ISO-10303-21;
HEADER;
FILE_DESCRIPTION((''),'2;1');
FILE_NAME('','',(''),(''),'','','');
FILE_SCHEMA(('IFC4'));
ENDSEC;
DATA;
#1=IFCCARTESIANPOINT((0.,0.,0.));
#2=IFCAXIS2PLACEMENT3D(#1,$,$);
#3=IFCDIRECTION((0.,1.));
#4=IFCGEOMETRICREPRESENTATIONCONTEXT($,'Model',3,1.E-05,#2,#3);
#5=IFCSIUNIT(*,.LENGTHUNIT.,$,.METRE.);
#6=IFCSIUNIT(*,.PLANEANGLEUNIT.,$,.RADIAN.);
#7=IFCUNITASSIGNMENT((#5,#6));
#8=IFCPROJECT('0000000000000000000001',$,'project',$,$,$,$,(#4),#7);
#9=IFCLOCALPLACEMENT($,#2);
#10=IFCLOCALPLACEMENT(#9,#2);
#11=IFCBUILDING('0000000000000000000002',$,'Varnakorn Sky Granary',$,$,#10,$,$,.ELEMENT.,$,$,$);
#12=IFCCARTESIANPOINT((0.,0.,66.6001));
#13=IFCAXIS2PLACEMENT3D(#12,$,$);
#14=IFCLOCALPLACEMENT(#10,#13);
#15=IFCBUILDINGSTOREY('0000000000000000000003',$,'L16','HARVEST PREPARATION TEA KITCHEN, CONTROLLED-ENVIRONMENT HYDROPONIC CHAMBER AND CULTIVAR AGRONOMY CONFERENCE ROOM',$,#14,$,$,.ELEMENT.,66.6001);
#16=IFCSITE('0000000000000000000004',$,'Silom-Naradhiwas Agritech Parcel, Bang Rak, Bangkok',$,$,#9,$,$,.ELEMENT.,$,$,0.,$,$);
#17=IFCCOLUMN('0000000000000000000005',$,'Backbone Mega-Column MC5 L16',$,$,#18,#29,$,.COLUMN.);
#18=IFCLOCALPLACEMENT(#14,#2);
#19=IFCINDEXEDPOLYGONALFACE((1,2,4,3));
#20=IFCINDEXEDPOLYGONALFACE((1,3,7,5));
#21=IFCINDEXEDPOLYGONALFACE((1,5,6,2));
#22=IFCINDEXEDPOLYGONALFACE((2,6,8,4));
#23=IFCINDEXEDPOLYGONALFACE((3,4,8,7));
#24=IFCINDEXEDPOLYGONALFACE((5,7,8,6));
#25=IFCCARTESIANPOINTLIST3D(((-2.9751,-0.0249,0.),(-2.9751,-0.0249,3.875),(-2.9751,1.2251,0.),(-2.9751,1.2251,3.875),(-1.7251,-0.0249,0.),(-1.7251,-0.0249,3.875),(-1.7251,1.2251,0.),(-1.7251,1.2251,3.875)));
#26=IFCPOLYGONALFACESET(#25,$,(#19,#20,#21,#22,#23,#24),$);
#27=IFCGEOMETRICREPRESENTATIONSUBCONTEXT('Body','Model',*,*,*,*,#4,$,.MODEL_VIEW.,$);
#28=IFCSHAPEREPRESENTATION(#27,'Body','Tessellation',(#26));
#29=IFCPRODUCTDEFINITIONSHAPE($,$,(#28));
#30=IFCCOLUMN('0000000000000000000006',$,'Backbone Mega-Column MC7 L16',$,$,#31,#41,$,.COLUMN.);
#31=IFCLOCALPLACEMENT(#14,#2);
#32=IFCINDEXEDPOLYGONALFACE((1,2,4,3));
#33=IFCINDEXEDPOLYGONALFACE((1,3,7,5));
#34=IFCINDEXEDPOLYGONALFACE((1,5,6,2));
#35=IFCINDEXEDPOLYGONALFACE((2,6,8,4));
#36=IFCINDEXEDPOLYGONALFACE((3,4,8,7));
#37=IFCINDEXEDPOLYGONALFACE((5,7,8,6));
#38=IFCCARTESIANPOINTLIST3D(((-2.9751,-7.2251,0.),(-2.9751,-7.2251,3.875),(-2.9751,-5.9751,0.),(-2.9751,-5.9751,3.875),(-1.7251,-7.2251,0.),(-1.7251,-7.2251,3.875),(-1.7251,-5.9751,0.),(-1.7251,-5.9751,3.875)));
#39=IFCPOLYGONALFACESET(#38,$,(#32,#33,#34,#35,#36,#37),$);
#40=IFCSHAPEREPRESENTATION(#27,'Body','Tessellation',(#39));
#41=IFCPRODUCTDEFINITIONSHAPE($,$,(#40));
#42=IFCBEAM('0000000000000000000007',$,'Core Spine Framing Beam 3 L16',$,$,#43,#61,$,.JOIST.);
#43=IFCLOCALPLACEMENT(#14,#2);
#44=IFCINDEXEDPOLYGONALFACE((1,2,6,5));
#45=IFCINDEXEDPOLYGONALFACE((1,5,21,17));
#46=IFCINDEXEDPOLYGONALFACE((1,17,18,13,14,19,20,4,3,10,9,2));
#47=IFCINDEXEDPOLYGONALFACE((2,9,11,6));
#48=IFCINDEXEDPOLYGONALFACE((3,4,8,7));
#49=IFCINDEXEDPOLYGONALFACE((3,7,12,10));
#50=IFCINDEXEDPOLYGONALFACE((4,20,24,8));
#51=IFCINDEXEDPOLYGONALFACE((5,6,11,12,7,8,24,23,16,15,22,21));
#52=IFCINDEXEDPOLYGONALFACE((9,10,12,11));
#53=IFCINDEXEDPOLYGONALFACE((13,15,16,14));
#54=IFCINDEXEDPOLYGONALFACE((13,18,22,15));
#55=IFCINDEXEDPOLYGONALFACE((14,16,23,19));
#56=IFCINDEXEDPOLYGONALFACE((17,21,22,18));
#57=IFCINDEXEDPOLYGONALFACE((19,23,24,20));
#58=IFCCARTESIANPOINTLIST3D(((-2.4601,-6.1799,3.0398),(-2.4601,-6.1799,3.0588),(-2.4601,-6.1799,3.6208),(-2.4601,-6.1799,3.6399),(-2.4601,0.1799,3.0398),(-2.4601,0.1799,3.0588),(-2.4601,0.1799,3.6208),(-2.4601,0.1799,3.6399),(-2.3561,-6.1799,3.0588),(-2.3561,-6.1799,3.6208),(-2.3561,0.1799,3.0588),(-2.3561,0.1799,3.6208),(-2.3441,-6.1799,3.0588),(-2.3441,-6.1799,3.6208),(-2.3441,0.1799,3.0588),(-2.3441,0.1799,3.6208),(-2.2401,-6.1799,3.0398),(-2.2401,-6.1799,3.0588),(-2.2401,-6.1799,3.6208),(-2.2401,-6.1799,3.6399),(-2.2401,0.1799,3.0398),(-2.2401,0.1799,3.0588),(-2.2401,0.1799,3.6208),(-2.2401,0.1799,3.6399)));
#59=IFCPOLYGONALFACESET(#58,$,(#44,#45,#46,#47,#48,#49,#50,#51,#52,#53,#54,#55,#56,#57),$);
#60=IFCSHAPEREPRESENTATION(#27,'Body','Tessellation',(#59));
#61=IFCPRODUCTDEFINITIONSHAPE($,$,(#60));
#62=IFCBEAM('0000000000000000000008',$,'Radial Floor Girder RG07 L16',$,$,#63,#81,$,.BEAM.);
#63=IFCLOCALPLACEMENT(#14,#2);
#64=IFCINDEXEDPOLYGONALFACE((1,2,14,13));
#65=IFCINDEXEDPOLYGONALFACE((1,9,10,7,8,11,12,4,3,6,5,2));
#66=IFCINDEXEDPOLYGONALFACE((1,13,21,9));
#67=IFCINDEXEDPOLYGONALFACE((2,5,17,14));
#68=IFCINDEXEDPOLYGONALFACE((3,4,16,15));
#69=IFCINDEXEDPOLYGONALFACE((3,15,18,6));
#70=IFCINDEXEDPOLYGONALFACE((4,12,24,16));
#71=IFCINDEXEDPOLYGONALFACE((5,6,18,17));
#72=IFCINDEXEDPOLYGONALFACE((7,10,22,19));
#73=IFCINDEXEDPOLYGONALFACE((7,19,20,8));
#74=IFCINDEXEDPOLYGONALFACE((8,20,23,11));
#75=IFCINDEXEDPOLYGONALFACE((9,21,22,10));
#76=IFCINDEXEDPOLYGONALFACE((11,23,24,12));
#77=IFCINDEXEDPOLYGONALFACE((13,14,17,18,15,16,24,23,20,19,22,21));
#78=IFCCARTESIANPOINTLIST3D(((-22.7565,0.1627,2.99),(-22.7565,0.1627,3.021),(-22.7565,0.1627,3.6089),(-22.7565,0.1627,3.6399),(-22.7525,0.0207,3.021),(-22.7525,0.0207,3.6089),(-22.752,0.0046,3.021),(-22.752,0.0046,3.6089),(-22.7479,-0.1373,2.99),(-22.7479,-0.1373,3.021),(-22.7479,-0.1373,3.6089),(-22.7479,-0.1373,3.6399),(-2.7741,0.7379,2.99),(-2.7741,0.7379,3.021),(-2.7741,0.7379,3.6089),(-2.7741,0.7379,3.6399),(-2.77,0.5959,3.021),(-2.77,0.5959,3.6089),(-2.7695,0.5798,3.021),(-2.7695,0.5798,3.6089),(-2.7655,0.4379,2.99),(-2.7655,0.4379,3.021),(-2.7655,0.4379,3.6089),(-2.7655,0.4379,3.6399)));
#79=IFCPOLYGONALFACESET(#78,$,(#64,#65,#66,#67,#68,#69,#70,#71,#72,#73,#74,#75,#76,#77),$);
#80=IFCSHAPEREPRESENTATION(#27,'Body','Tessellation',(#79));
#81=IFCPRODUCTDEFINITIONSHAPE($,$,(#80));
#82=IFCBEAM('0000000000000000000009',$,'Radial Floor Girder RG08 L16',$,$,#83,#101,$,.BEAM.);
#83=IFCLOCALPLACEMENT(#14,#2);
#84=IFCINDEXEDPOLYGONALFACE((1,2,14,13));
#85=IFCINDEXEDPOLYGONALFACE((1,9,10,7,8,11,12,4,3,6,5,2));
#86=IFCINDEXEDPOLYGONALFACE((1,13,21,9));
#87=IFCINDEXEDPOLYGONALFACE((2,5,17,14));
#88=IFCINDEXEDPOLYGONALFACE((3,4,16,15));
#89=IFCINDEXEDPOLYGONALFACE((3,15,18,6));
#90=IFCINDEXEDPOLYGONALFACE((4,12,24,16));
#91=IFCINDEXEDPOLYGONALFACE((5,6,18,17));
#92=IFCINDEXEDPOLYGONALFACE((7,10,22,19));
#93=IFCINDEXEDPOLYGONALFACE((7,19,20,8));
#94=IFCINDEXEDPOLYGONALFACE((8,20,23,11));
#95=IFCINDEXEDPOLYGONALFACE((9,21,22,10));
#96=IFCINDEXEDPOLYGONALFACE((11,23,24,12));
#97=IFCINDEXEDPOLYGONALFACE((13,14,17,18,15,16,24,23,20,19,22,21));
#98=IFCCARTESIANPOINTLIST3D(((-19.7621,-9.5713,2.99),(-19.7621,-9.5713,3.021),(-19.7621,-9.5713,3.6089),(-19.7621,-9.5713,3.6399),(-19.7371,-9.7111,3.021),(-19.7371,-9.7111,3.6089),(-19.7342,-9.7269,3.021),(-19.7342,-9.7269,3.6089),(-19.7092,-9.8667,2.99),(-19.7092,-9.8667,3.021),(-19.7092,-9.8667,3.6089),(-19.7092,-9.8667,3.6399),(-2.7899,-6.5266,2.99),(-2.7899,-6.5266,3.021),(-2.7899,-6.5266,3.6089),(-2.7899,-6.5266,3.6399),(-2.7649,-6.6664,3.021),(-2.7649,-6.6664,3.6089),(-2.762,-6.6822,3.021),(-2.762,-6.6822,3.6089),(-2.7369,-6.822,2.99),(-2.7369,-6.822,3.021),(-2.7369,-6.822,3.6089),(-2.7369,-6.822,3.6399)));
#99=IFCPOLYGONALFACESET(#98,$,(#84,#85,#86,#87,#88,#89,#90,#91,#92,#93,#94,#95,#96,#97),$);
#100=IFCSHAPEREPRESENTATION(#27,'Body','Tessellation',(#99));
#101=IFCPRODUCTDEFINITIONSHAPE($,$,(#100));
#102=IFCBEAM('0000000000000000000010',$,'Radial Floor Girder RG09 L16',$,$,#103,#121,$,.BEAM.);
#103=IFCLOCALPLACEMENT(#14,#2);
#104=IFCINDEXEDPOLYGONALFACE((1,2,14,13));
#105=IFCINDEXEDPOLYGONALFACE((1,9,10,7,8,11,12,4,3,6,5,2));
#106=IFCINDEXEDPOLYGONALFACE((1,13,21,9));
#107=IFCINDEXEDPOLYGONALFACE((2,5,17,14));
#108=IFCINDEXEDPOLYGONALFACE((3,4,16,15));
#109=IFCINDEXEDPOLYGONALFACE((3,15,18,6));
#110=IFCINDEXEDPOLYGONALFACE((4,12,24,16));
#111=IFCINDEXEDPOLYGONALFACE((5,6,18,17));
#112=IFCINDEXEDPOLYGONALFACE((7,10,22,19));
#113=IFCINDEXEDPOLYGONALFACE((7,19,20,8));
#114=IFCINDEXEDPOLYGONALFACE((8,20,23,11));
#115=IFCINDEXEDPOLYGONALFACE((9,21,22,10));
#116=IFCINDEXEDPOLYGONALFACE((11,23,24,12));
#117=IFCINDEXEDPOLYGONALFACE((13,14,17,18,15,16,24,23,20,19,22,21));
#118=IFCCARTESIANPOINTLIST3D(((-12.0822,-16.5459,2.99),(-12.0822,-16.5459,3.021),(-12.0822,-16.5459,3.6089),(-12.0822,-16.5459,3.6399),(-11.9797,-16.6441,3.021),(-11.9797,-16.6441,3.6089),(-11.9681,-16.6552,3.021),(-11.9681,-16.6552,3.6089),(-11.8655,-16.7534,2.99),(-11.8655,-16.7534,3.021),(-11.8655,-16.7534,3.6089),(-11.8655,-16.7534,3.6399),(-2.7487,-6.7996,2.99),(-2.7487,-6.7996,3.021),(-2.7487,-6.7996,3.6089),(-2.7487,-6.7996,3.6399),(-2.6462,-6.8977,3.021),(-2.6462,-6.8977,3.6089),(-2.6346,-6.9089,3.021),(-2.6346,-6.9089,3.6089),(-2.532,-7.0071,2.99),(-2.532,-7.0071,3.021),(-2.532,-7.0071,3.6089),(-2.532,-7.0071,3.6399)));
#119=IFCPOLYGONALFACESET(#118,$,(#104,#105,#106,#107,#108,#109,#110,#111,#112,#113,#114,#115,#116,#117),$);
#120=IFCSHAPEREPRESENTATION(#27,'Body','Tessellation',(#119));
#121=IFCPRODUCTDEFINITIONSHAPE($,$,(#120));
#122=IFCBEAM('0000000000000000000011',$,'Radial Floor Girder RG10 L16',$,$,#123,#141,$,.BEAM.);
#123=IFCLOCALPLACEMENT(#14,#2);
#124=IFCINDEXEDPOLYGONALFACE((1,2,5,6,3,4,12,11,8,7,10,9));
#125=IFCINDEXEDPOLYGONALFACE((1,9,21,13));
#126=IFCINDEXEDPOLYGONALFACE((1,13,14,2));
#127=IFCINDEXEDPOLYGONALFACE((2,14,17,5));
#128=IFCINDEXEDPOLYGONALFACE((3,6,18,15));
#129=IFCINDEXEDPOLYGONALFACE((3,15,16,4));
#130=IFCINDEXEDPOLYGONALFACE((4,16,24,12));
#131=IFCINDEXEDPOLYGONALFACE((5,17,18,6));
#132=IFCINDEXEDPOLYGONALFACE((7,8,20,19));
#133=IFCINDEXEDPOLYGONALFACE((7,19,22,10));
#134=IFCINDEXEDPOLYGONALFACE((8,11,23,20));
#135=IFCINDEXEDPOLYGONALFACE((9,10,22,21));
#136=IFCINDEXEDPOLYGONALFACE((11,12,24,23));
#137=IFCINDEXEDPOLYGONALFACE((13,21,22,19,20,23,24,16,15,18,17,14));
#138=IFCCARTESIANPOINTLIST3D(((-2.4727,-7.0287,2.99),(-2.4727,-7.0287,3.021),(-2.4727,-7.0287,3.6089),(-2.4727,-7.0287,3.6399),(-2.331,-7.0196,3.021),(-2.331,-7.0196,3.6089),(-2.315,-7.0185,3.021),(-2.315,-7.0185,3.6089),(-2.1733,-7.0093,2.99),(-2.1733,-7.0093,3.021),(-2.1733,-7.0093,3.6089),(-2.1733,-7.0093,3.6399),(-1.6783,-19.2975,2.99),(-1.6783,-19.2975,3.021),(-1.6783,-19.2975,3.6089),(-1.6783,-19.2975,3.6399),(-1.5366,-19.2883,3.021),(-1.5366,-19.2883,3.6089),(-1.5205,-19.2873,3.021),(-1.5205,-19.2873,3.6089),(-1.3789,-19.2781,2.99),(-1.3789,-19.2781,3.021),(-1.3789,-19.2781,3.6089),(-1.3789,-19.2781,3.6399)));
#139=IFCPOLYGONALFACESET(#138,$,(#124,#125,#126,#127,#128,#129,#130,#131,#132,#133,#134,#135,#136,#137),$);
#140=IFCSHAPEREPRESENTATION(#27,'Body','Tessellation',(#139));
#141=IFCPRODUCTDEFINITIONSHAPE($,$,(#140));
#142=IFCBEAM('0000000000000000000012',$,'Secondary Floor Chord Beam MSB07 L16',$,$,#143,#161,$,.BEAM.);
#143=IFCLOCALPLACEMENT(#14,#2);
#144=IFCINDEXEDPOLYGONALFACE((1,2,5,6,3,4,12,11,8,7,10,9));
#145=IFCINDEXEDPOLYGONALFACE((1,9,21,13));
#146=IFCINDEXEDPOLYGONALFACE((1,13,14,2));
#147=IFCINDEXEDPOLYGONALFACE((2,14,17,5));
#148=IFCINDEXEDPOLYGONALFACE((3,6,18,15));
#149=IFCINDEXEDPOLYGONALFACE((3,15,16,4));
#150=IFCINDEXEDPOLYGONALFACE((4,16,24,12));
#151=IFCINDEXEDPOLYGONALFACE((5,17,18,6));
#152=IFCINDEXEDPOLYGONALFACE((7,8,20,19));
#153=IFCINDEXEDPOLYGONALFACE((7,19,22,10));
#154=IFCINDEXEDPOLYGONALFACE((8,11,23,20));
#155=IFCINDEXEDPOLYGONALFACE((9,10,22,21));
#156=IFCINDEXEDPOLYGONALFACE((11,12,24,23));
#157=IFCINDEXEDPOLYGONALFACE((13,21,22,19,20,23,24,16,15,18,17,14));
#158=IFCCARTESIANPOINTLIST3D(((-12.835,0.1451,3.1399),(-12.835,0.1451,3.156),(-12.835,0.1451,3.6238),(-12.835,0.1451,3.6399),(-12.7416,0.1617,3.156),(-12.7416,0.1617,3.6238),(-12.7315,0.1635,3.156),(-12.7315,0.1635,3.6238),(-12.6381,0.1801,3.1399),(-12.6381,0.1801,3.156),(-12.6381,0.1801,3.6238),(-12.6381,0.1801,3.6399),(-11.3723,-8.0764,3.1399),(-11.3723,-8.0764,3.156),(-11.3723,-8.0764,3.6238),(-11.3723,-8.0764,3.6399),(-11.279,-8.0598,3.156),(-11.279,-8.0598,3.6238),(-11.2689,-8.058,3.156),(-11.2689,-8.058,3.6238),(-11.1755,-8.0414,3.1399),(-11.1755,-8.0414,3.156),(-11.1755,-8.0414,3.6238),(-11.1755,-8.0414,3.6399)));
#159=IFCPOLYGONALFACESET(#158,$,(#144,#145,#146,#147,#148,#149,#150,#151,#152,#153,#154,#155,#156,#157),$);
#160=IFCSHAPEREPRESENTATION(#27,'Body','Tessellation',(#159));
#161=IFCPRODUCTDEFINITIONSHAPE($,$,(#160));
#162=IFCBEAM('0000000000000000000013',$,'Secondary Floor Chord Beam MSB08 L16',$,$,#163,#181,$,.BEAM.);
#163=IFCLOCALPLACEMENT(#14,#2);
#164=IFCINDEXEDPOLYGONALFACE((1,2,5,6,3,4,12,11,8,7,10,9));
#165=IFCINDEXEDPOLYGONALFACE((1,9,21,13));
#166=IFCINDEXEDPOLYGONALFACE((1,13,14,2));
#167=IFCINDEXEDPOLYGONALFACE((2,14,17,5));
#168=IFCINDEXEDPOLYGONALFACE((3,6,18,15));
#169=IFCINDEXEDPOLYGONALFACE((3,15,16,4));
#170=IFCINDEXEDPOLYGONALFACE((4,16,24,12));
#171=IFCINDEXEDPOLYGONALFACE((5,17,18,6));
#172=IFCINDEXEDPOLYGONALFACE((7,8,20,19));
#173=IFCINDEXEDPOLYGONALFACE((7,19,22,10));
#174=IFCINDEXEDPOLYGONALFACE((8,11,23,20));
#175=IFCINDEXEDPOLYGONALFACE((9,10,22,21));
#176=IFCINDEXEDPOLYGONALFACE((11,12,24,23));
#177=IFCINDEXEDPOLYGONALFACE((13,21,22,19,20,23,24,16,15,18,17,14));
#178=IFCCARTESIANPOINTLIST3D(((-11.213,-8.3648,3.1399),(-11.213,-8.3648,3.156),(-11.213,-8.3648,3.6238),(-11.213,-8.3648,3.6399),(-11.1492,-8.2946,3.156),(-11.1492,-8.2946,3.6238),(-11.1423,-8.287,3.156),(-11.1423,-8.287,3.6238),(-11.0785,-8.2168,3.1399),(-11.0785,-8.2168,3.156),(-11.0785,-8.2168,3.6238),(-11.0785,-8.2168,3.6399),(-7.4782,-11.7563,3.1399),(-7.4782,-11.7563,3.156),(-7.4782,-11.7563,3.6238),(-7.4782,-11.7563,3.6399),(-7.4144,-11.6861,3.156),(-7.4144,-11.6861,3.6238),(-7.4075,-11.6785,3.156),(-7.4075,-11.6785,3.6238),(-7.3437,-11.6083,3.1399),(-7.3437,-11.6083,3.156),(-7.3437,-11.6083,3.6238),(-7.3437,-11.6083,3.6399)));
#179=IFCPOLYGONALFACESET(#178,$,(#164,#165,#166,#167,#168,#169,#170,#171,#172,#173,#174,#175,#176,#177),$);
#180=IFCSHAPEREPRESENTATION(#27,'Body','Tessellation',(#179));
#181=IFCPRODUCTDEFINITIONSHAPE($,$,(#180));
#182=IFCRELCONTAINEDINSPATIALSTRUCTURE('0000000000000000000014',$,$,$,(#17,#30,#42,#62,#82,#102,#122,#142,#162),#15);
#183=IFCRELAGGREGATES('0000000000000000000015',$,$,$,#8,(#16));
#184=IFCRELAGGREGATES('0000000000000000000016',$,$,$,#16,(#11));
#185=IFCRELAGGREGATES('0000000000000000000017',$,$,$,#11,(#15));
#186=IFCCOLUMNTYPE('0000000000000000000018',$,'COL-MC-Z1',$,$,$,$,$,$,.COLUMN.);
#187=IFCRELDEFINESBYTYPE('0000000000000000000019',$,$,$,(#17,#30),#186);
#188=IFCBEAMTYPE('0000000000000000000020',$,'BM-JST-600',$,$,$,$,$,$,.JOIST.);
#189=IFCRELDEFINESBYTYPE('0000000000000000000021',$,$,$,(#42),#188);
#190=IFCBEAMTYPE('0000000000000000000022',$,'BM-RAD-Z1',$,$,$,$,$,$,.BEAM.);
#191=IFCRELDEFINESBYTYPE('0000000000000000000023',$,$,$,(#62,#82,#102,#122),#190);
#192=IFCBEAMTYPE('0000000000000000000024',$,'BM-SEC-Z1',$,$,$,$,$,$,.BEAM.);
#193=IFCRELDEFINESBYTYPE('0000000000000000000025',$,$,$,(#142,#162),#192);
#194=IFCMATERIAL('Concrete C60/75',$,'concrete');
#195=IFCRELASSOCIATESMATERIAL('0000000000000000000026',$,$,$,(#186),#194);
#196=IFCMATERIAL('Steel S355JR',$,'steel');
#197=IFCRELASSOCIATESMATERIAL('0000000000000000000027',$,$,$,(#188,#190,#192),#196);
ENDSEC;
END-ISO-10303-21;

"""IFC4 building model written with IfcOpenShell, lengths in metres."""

from ifc_helpers import new_model, si_unit, direction, frame, origin, origin_2d, place, context, subcontext, project, spatial, rectangle, i_section, extrude, material, material_profile, profile_set, type_object, element, save


model = new_model("IFC4")

# Units and contexts
model_context = context("Model", 3, precision=1e-05, world=origin(), true_north=direction((0.0, 1.0)))
body_context = subcontext(model_context, "Body", "Model", "MODEL_VIEW")
ifc_project = project(units=[si_unit("LENGTHUNIT", "METRE"), si_unit("PLANEANGLEUNIT", "RADIAN")], contexts=[model_context])

# Site, building, storey
site_placement = place(None, origin())
site = spatial("IfcSite", under=ifc_project, at=site_placement, Name="Silom-Naradhiwas Agritech Parcel, Bang Rak, Bangkok", CompositionType="ELEMENT", RefElevation=0.0)
building_placement = place(site_placement, origin())
building = spatial("IfcBuilding", under=site, at=building_placement, Name="Varnakorn Sky Granary", CompositionType="ELEMENT")
storey_placement = place(building_placement, frame((0.0, 0.0, 66.6001)))
storey = spatial("IfcBuildingStorey", under=building, at=storey_placement, Name="L16", Description="HARVEST PREPARATION TEA KITCHEN, CONTROLLED-ENVIRONMENT HYDROPONIC CHAMBER AND CULTIVAR AGRONOMY CONFERENCE ROOM", CompositionType="ELEMENT", Elevation=66.6001)

# Columns
ifc_material_1 = material(Name="Concrete C60/75", Category="concrete")
ifc_material_profile_1 = material_profile(ifc_material_1, rectangle(XDim=1.25, YDim=1.25, at=origin_2d()), Name="RC 1250x1250")
ifc_profile_set_1 = profile_set([ifc_material_profile_1], Name="Concrete C60/75")
column_type = type_object("IfcColumnType", Name="COL-MC-Z1", PredefinedType="COLUMN", material=ifc_profile_set_1)
for number, where, z_axis, x_axis, name in (
    (1, (-2.3501, 0.6001, 0.0), (0.0, 0.0, 1.0), (1.0, 0.0, 0.0), "Backbone Mega-Column MC5 L16"),
    (2, (-2.3501, -6.6001, 0.0), (0.0, 0.0, 1.0), (1.0, 0.0, 0.0), "Backbone Mega-Column MC7 L16"),
):
    element("IfcColumn", number, at=place(storey_placement, frame(where, z_axis=z_axis, x_axis=x_axis)), inside=storey, type_object=column_type, Name=name, PredefinedType="COLUMN", context=body_context, shape_type="SweptSolid", body=[
        extrude(rectangle(XDim=1.25, YDim=1.25, at=origin_2d()), origin(), (0.0, 0.0, 1.0), 3.875),
    ])

# Beams
ifc_material_2 = material(Name="Steel S355JR", Category="steel")
ifc_material_profile_2 = material_profile(ifc_material_2, i_section(OverallWidth=0.22, OverallDepth=0.6001, WebThickness=0.012, FlangeThickness=0.019, at=origin_2d()), Name="IPE 600")
ifc_profile_set_2 = profile_set([ifc_material_profile_2], Name="Steel S355JR")
beam_type_1 = type_object("IfcBeamType", Name="BM-JST-600", PredefinedType="JOIST", material=ifc_profile_set_2)
beam_1_placement = place(storey_placement, frame((-2.3501, 0.1799, 3.3398), z_axis=(0.0, -1.0, 0.0), x_axis=(1.0, 0.0, 0.0)))
element("IfcBeam", 3, at=beam_1_placement, inside=storey, type_object=beam_type_1, Name="Core Spine Framing Beam 3 L16", PredefinedType="JOIST", context=body_context, shape_type="SweptSolid", body=[
    extrude(i_section(OverallWidth=0.22, OverallDepth=0.6001, WebThickness=0.012, FlangeThickness=0.019, at=origin_2d()), origin(), (0.0, 0.0, 1.0), 6.3599),
])
ifc_material_profile_3 = material_profile(ifc_material_2, i_section(OverallWidth=0.3, OverallDepth=0.6499, WebThickness=0.0161, FlangeThickness=0.031, at=origin_2d()), Name="HE 650 B")
ifc_profile_set_3 = profile_set([ifc_material_profile_3], Name="Steel S355JR")
beam_type_2 = type_object("IfcBeamType", Name="BM-RAD-Z1", PredefinedType="BEAM", material=ifc_profile_set_3)
beam_2_placement = place(storey_placement, frame((-2.7698, 0.5879, 3.3149), z_axis=(-0.999586, -0.028773, 0.0), x_axis=(0.028773, -0.999586, 0.0)))
element("IfcBeam", 4, at=beam_2_placement, inside=storey, type_object=beam_type_2, Name="Radial Floor Girder RG07 L16", PredefinedType="BEAM", context=body_context, shape_type="SweptSolid", body=[
    extrude(i_section(OverallWidth=0.3, OverallDepth=0.6499, WebThickness=0.0161, FlangeThickness=0.031, at=origin_2d()), origin(), (0.0, 0.0, 1.0), 19.9907),
])
beam_3_placement = place(storey_placement, frame((-2.7634, -6.6743, 3.3149), z_axis=(-0.984287, -0.176574, 0.0), x_axis=(0.176574, -0.984287, 0.0)))
element("IfcBeam", 5, at=beam_3_placement, inside=storey, type_object=beam_type_2, Name="Radial Floor Girder RG08 L16", PredefinedType="BEAM", context=body_context, shape_type="SweptSolid", body=[
    extrude(i_section(OverallWidth=0.3, OverallDepth=0.6499, WebThickness=0.0161, FlangeThickness=0.031, at=origin_2d()), origin(), (0.0, 0.0, 1.0), 17.2432),
])
beam_4_placement = place(storey_placement, frame((-2.6404, -6.9033, 3.3149), z_axis=(-0.691645, -0.722238, 0.0), x_axis=(0.722238, -0.691645, 0.0)))
element("IfcBeam", 6, at=beam_4_placement, inside=storey, type_object=beam_type_2, Name="Radial Floor Girder RG09 L16", PredefinedType="BEAM", context=body_context, shape_type="SweptSolid", body=[
    extrude(i_section(OverallWidth=0.3, OverallDepth=0.6499, WebThickness=0.0161, FlangeThickness=0.031, at=origin_2d()), origin(), (0.0, 0.0, 1.0), 13.4946),
])
beam_5_placement = place(storey_placement, frame((-2.323, -7.019, 3.3149), z_axis=(0.064617, -0.99791, 0.0), x_axis=(0.99791, 0.064617, 0.0)))
element("IfcBeam", 7, at=beam_5_placement, inside=storey, type_object=beam_type_2, Name="Radial Floor Girder RG10 L16", PredefinedType="BEAM", context=body_context, shape_type="SweptSolid", body=[
    extrude(i_section(OverallWidth=0.3, OverallDepth=0.6499, WebThickness=0.0161, FlangeThickness=0.031, at=origin_2d()), origin(), (0.0, 0.0, 1.0), 12.2944),
])
ifc_material_profile_4 = material_profile(ifc_material_2, i_section(OverallWidth=0.2, OverallDepth=0.5, WebThickness=0.0103, FlangeThickness=0.0161, at=origin_2d()), Name="IPE 500")
ifc_profile_set_4 = profile_set([ifc_material_profile_4], Name="Steel S355JR")
beam_type_3 = type_object("IfcBeamType", Name="BM-SEC-Z1", PredefinedType="BEAM", material=ifc_profile_set_4)
beam_6_placement = place(storey_placement, frame((-12.7366, 0.1626, 3.3899), z_axis=(0.175156, -0.984541, 0.0), x_axis=(0.984541, 0.175156, 0.0)))
element("IfcBeam", 8, at=beam_6_placement, inside=storey, type_object=beam_type_3, Name="Secondary Floor Chord Beam MSB07 L16", PredefinedType="BEAM", context=body_context, shape_type="SweptSolid", body=[
    extrude(i_section(OverallWidth=0.2, OverallDepth=0.5, WebThickness=0.0103, FlangeThickness=0.0161, at=origin_2d()), origin(), (0.0, 0.0, 1.0), 8.3506),
])
beam_7_placement = place(storey_placement, frame((-11.1458, -8.2908, 3.3899), z_axis=(0.740308, -0.672268, 0.0), x_axis=(0.672268, 0.740308, 0.0)))
element("IfcBeam", 9, at=beam_7_placement, inside=storey, type_object=beam_type_3, Name="Secondary Floor Chord Beam MSB08 L16", PredefinedType="BEAM", context=body_context, shape_type="SweptSolid", body=[
    extrude(i_section(OverallWidth=0.2, OverallDepth=0.5, WebThickness=0.0103, FlangeThickness=0.0161, at=origin_2d()), origin(), (0.0, 0.0, 1.0), 5.0449),
])

save(model, "model.ifc")
